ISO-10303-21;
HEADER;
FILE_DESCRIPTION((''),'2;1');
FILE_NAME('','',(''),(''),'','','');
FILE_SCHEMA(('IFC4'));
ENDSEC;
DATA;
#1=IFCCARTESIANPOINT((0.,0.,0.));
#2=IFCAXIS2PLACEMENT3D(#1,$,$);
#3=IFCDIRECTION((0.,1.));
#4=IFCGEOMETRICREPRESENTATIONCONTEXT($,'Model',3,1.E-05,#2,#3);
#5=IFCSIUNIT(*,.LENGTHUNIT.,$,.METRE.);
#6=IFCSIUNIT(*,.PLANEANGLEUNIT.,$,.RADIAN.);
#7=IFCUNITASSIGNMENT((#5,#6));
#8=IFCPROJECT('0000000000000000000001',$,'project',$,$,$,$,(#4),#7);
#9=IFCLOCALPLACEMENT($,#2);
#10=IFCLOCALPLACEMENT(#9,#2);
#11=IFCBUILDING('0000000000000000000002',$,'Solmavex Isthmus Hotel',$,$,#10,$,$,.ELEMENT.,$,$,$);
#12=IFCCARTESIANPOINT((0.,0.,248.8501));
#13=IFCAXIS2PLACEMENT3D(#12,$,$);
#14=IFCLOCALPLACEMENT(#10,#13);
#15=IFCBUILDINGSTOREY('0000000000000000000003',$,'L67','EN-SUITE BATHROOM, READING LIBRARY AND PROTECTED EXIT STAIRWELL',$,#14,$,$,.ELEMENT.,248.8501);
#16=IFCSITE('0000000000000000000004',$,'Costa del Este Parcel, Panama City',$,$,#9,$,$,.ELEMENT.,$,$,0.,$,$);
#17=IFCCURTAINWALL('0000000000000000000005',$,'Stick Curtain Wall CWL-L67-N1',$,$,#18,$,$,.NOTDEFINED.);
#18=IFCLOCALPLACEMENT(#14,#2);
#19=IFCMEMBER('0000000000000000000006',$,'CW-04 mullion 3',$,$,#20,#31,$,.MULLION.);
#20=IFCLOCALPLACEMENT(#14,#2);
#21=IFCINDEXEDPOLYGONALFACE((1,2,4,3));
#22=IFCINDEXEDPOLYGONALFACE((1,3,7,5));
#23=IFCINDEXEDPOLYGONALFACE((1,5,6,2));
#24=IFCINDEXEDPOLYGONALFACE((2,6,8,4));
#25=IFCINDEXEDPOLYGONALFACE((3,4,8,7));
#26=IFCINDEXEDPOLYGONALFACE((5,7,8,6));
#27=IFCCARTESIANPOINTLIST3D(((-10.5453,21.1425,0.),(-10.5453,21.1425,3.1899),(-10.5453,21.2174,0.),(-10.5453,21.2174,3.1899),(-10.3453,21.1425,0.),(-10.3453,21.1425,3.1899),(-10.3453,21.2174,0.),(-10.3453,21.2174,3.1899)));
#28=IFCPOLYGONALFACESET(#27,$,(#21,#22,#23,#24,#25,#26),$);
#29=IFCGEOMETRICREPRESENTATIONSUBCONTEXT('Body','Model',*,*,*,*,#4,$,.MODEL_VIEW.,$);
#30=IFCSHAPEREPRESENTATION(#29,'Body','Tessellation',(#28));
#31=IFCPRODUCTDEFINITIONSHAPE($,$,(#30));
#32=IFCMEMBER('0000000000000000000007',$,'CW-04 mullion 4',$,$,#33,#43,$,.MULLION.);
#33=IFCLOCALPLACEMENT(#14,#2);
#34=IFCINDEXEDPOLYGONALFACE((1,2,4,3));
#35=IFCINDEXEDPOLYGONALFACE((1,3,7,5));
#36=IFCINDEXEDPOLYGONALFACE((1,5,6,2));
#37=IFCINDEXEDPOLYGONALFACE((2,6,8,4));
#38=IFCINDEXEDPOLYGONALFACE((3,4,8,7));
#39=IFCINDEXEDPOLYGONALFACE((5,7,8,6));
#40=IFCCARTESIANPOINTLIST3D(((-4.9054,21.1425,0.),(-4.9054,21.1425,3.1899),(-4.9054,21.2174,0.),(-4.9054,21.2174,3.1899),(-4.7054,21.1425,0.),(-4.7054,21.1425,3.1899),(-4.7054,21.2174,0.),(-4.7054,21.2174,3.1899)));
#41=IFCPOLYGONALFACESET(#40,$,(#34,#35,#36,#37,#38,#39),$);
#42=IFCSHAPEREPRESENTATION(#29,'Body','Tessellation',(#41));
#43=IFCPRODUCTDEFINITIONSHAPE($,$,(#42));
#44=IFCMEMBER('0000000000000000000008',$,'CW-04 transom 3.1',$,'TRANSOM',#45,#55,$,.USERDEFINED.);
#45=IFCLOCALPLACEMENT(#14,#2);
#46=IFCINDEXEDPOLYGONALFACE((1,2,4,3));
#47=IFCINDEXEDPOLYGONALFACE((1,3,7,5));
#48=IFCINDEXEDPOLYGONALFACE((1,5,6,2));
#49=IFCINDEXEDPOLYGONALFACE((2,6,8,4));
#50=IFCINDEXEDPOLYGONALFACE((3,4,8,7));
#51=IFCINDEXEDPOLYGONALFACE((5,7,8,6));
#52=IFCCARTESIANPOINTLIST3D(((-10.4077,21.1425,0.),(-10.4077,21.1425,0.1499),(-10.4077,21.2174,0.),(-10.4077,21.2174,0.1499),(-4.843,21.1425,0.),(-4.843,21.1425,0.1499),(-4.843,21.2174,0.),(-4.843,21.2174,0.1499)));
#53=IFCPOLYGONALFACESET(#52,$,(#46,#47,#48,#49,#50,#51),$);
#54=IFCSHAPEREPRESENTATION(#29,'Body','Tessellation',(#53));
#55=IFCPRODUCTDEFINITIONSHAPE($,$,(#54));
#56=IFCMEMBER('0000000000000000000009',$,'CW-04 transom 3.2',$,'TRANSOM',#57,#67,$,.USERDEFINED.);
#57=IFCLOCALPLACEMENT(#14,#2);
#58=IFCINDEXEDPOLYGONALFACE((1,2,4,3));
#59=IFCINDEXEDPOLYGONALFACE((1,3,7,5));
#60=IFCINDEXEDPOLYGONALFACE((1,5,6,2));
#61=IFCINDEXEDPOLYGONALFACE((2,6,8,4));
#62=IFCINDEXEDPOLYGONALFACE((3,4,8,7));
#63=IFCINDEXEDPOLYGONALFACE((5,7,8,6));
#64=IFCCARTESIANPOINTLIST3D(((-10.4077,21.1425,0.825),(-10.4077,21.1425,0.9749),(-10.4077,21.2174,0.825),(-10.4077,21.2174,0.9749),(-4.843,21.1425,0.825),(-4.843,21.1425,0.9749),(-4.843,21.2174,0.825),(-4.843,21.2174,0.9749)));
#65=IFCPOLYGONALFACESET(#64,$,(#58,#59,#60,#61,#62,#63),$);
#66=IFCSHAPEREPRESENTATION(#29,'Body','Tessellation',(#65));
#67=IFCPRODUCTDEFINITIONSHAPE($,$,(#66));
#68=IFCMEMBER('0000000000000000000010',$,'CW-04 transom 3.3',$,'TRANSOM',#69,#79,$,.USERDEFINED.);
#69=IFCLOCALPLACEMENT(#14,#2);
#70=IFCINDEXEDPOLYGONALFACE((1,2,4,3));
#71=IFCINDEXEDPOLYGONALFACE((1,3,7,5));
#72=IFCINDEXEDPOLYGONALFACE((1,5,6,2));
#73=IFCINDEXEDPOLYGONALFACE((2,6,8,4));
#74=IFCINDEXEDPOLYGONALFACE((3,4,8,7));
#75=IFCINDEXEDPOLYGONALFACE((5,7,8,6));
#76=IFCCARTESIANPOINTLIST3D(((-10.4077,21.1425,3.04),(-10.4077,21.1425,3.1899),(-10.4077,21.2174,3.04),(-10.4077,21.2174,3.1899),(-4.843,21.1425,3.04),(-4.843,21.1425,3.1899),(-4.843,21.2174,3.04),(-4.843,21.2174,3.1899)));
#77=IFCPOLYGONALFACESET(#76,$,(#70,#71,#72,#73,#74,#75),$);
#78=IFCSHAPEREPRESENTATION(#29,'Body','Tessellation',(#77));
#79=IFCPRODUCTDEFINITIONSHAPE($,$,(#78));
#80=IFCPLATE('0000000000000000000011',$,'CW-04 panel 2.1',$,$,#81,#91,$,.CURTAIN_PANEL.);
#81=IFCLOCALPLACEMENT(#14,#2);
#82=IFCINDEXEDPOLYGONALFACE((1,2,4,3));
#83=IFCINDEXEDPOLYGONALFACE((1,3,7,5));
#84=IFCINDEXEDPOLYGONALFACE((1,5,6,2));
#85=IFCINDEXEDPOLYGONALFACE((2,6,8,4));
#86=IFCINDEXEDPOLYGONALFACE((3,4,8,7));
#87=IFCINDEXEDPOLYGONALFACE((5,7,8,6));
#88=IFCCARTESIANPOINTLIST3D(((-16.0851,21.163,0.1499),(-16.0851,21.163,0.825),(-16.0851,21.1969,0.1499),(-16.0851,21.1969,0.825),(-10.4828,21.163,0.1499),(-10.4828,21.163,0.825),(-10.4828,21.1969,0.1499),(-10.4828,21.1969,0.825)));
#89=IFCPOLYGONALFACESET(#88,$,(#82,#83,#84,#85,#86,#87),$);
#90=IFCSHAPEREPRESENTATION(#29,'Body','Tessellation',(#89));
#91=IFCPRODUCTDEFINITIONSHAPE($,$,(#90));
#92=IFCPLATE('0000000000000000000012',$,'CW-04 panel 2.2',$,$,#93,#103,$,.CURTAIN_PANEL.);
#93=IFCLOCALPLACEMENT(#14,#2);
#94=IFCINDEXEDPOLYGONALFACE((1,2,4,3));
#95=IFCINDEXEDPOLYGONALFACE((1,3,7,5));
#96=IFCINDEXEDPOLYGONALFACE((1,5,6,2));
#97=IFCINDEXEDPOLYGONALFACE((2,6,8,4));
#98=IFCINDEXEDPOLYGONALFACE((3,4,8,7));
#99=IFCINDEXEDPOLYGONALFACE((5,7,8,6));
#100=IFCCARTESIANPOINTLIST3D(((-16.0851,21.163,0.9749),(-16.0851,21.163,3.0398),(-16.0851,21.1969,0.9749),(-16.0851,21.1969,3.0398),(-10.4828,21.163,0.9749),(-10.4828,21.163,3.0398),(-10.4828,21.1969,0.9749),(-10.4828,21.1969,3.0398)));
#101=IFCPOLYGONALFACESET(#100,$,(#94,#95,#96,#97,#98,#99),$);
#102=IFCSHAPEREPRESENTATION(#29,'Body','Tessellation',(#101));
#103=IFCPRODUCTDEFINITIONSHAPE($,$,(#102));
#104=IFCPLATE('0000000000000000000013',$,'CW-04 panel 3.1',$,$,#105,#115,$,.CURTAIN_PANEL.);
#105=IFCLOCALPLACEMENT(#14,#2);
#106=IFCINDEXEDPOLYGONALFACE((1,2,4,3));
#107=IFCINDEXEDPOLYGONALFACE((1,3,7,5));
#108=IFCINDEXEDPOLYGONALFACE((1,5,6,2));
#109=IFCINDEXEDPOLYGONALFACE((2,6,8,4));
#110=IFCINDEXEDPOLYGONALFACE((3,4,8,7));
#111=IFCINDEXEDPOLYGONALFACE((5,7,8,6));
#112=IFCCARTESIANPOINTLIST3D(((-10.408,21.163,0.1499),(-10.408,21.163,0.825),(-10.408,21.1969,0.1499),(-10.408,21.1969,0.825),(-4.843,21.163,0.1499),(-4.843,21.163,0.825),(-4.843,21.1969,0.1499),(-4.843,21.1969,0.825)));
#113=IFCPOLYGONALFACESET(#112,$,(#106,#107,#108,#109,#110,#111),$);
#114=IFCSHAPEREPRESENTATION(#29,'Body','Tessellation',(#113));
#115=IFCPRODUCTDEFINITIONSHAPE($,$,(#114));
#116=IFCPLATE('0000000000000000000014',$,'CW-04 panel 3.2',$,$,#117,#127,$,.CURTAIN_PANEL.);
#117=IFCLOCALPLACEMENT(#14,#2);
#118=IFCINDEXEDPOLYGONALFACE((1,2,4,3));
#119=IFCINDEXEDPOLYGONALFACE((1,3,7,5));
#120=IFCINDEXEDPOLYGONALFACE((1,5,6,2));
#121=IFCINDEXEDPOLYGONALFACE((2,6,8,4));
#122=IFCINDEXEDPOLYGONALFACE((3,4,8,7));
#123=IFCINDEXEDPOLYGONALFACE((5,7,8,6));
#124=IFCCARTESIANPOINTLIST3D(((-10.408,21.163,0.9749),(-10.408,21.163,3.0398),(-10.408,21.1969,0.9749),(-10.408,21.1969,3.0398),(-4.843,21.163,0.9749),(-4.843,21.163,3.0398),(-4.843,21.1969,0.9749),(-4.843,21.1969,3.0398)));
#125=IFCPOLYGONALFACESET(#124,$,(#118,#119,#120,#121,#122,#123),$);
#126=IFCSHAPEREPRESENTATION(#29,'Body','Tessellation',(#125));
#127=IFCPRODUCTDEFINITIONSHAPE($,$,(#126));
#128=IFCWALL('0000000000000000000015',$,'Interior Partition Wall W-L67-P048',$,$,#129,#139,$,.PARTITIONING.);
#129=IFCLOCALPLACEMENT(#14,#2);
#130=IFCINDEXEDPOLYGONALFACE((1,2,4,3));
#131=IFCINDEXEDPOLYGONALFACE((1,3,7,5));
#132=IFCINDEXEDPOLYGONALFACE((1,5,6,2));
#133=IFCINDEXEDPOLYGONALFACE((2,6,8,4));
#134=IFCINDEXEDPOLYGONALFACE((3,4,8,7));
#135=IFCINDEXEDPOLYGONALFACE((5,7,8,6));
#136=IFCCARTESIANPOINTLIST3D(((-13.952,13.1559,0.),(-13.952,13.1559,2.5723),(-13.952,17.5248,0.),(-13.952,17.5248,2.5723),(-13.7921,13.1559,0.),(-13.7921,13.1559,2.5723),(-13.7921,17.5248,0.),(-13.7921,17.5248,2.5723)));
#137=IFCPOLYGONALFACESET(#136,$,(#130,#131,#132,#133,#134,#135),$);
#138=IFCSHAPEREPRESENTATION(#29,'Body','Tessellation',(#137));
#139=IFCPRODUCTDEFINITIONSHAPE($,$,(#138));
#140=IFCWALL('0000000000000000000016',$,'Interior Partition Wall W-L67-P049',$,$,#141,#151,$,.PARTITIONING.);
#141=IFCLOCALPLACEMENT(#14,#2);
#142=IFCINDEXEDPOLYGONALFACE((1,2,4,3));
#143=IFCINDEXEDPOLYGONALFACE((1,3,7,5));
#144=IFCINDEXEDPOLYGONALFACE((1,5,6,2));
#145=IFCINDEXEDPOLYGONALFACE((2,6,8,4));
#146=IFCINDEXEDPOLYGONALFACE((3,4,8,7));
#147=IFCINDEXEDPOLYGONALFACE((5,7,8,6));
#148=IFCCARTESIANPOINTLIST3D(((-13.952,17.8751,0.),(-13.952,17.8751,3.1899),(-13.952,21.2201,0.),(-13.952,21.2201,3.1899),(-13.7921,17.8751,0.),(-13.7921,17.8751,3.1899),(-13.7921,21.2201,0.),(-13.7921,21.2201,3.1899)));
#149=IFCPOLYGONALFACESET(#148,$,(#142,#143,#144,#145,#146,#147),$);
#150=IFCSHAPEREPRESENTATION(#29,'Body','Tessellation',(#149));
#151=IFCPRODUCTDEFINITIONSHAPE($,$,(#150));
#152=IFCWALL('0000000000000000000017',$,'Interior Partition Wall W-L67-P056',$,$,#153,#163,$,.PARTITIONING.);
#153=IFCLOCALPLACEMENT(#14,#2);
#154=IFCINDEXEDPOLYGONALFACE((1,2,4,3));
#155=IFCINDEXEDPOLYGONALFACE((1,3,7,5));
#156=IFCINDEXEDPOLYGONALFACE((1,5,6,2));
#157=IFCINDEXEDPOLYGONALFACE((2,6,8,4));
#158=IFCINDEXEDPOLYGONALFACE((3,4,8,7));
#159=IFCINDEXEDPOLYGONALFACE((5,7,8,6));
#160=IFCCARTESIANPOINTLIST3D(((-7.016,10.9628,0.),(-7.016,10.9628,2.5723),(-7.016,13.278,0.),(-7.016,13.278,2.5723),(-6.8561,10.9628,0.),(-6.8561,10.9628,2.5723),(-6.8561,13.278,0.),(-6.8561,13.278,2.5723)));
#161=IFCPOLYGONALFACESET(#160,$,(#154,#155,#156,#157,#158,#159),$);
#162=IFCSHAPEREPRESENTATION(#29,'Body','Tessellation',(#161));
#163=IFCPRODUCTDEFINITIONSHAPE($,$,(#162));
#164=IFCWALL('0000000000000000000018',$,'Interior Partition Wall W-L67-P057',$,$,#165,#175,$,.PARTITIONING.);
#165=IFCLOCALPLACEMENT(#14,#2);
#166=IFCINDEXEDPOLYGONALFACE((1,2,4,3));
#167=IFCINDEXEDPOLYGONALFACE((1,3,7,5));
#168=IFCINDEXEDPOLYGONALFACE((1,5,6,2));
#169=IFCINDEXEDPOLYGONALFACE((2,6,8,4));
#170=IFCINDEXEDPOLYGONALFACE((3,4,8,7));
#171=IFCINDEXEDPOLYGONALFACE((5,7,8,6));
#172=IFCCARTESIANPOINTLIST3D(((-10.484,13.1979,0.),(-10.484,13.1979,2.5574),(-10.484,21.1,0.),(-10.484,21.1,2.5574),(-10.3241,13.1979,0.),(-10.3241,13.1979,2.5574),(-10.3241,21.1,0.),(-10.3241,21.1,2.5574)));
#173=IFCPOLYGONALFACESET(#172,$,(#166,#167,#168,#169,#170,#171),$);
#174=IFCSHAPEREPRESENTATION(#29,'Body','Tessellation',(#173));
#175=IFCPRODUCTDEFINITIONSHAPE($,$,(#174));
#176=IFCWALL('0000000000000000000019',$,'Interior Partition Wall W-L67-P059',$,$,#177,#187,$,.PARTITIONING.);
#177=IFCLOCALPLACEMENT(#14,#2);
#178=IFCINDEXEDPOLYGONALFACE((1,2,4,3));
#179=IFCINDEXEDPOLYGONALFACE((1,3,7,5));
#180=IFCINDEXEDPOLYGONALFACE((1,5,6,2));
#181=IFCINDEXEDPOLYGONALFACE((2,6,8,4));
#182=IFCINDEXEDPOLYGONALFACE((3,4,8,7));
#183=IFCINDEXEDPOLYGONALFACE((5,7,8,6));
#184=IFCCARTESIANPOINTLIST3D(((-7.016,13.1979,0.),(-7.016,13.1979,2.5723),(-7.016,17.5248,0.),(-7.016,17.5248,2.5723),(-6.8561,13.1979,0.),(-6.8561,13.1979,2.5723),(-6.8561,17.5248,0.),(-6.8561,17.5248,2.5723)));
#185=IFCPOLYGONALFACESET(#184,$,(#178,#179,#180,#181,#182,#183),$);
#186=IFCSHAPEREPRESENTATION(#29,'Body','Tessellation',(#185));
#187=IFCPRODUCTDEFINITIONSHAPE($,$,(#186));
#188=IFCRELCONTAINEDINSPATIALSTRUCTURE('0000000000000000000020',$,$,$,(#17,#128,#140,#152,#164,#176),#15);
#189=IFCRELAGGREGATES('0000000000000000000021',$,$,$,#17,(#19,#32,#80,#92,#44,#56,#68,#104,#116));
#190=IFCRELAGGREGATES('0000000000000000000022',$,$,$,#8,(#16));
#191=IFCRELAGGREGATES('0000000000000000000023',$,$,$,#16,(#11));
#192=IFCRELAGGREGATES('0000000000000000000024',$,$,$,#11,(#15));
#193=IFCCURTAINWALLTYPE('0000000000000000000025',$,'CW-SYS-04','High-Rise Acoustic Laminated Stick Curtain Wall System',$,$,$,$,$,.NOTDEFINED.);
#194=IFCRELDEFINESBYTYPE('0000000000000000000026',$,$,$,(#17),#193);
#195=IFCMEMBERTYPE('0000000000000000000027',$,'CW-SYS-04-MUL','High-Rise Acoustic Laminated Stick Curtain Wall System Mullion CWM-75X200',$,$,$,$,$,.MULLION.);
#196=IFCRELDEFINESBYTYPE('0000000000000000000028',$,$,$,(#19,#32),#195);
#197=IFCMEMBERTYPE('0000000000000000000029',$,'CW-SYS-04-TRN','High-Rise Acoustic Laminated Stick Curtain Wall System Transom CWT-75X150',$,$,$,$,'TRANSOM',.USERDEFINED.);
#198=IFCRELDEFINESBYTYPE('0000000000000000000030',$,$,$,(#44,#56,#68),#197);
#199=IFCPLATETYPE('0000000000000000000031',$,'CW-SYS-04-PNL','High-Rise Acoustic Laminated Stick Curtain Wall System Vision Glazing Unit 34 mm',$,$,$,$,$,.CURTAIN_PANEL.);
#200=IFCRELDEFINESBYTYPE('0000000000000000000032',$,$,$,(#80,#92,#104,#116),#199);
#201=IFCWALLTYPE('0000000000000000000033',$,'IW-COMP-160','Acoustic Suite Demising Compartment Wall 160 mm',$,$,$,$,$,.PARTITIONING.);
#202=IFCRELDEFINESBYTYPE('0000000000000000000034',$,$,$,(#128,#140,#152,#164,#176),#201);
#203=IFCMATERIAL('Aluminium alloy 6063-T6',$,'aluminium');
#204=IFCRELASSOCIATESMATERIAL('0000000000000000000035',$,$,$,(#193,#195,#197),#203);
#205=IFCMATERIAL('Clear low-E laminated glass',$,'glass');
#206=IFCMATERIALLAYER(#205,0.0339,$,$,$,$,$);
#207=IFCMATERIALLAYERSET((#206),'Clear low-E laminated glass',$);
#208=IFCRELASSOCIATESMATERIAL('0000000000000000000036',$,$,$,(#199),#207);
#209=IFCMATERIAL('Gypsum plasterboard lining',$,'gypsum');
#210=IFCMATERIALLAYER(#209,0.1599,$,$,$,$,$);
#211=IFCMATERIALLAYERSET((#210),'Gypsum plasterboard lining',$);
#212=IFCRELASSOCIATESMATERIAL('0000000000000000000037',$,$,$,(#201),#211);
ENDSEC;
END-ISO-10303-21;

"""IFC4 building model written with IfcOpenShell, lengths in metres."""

from ifc_helpers import new_model, si_unit, direction, frame, frame_2d, origin, origin_2d, place, context, subcontext, project, spatial, rectangle, extrude, material, layer, layer_set, material_profile, profile_set, type_object, element, aggregate, save


model = new_model("IFC4")

# Units and contexts
model_context = context("Model", 3, precision=1e-05, world=origin(), true_north=direction((0.0, 1.0)))
body_context = subcontext(model_context, "Body", "Model", "MODEL_VIEW")
ifc_project = project(units=[si_unit("LENGTHUNIT", "METRE"), si_unit("PLANEANGLEUNIT", "RADIAN")], contexts=[model_context])

# Site, building, storey
site_placement = place(None, origin())
site = spatial("IfcSite", under=ifc_project, at=site_placement, Name="Costa del Este Parcel, Panama City", CompositionType="ELEMENT", RefElevation=0.0)
building_placement = place(site_placement, origin())
building = spatial("IfcBuilding", under=site, at=building_placement, Name="Solmavex Isthmus Hotel", CompositionType="ELEMENT")
storey_placement = place(building_placement, frame((0.0, 0.0, 248.8501)))
storey = spatial("IfcBuildingStorey", under=building, at=storey_placement, Name="L67", Description="EN-SUITE BATHROOM, READING LIBRARY AND PROTECTED EXIT STAIRWELL", CompositionType="ELEMENT", Elevation=248.8501)

# Curtain wall, members, plates
ifc_material_1 = material(Name="Aluminium alloy 6063-T6", Category="aluminium")
curtain_wall_type = type_object("IfcCurtainWallType", Name="CW-SYS-04", Description="High-Rise Acoustic Laminated Stick Curtain Wall System", PredefinedType="NOTDEFINED", material=ifc_material_1)
curtain_wall_placement = place(storey_placement, origin())
curtain_wall = element("IfcCurtainWall", 1, at=curtain_wall_placement, inside=storey, type_object=curtain_wall_type, Name="Stick Curtain Wall CWL-L67-N1", PredefinedType="NOTDEFINED")
ifc_material_profile_1 = material_profile(ifc_material_1, rectangle(XDim=0.075, YDim=0.2, at=origin_2d()), Name="CWM-75X200")
ifc_profile_set_1 = profile_set([ifc_material_profile_1], Name="Aluminium alloy 6063-T6")
member_type_1 = type_object("IfcMemberType", Name="CW-SYS-04-MUL", Description="High-Rise Acoustic Laminated Stick Curtain Wall System Mullion CWM-75X200", PredefinedType="MULLION", material=ifc_profile_set_1)
member_1_placement = place(storey_placement, frame((-10.4453, 21.1799, 0.0), z_axis=(0.0, 0.0, 1.0), x_axis=(0.0, 1.0, 0.0)))
member_1 = element("IfcMember", 2, at=member_1_placement, type_object=member_type_1, Name="CW-04 mullion 3", PredefinedType="MULLION", context=body_context, shape_type="SweptSolid", body=[
    extrude(rectangle(XDim=0.075, YDim=0.2, at=origin_2d()), origin(), (0.0, 0.0, 1.0), 3.1899),
])
member_2_placement = place(storey_placement, frame((-4.8054, 21.1799, 0.0), z_axis=(0.0, 0.0, 1.0), x_axis=(0.0, 1.0, 0.0)))
member_2 = element("IfcMember", 3, at=member_2_placement, type_object=member_type_1, Name="CW-04 mullion 4", PredefinedType="MULLION", context=body_context, shape_type="SweptSolid", body=[
    extrude(rectangle(XDim=0.075, YDim=0.2, at=origin_2d()), origin(), (0.0, 0.0, 1.0), 3.1899),
])
ifc_material_profile_2 = material_profile(ifc_material_1, rectangle(XDim=0.075, YDim=0.1499, at=origin_2d()), Name="CWT-75X150")
ifc_profile_set_2 = profile_set([ifc_material_profile_2], Name="Aluminium alloy 6063-T6")
member_type_2 = type_object("IfcMemberType", Name="CW-SYS-04-TRN", Description="High-Rise Acoustic Laminated Stick Curtain Wall System Transom CWT-75X150", ElementType="TRANSOM", PredefinedType="USERDEFINED", material=ifc_profile_set_2)
member_3_placement = place(storey_placement, frame((-10.4077, 21.1799, 0.075), z_axis=(1.0, 0.0, 0.0), x_axis=(0.0, 1.0, 0.0)))
member_3 = element("IfcMember", 4, at=member_3_placement, type_object=member_type_2, Name="CW-04 transom 3.1", ObjectType="TRANSOM", PredefinedType="USERDEFINED", context=body_context, shape_type="SweptSolid", body=[
    extrude(rectangle(XDim=0.075, YDim=0.1499, at=origin_2d()), origin(), (0.0, 0.0, 1.0), 5.5647),
])
member_4_placement = place(storey_placement, frame((-10.4077, 21.1799, 0.8999), z_axis=(1.0, 0.0, 0.0), x_axis=(0.0, 1.0, 0.0)))
member_4 = element("IfcMember", 5, at=member_4_placement, type_object=member_type_2, Name="CW-04 transom 3.2", ObjectType="TRANSOM", PredefinedType="USERDEFINED", context=body_context, shape_type="SweptSolid", body=[
    extrude(rectangle(XDim=0.075, YDim=0.1499, at=origin_2d()), origin(), (0.0, 0.0, 1.0), 5.5647),
])
member_5_placement = place(storey_placement, frame((-10.4077, 21.1799, 3.115), z_axis=(1.0, 0.0, 0.0), x_axis=(0.0, 1.0, 0.0)))
member_5 = element("IfcMember", 6, at=member_5_placement, type_object=member_type_2, Name="CW-04 transom 3.3", ObjectType="TRANSOM", PredefinedType="USERDEFINED", context=body_context, shape_type="SweptSolid", body=[
    extrude(rectangle(XDim=0.075, YDim=0.1499, at=origin_2d()), origin(), (0.0, 0.0, 1.0), 5.5647),
])
ifc_material_2 = material(Name="Clear low-E laminated glass", Category="glass")
ifc_layer_1 = layer(ifc_material_2, 0.0339)
ifc_layer_set_1 = layer_set([ifc_layer_1], Name="Clear low-E laminated glass")
plate_type = type_object("IfcPlateType", Name="CW-SYS-04-PNL", Description="High-Rise Acoustic Laminated Stick Curtain Wall System Vision Glazing Unit 34 mm", PredefinedType="CURTAIN_PANEL", material=ifc_layer_set_1)
plate_1_placement = place(storey_placement, frame((-13.2839, 21.1799, 0.1499), z_axis=(0.0, 0.0, 1.0), x_axis=(1.0, 0.0, 0.0)))
plate_1 = element("IfcPlate", 7, at=plate_1_placement, type_object=plate_type, Name="CW-04 panel 2.1", PredefinedType="CURTAIN_PANEL", context=body_context, shape_type="SweptSolid", body=[
    extrude(rectangle(XDim=5.6023, YDim=0.0339, at=origin_2d()), origin(), (0.0, 0.0, 1.0), 0.675),
])
plate_2_placement = place(storey_placement, frame((-13.2839, 21.1799, 0.9749), z_axis=(0.0, 0.0, 1.0), x_axis=(1.0, 0.0, 0.0)))
plate_2 = element("IfcPlate", 8, at=plate_2_placement, type_object=plate_type, Name="CW-04 panel 2.2", PredefinedType="CURTAIN_PANEL", context=body_context, shape_type="SweptSolid", body=[
    extrude(rectangle(XDim=5.6023, YDim=0.0339, at=origin_2d()), origin(), (0.0, 0.0, 1.0), 2.0649),
])
plate_3_placement = place(storey_placement, frame((-7.6255, 21.1799, 0.1499), z_axis=(0.0, 0.0, 1.0), x_axis=(1.0, 0.0, 0.0)))
plate_3 = element("IfcPlate", 9, at=plate_3_placement, type_object=plate_type, Name="CW-04 panel 3.1", PredefinedType="CURTAIN_PANEL", context=body_context, shape_type="SweptSolid", body=[
    extrude(rectangle(XDim=5.5649, YDim=0.0339, at=origin_2d()), origin(), (0.0, 0.0, 1.0), 0.675),
])
plate_4_placement = place(storey_placement, frame((-7.6255, 21.1799, 0.9749), z_axis=(0.0, 0.0, 1.0), x_axis=(1.0, 0.0, 0.0)))
plate_4 = element("IfcPlate", 10, at=plate_4_placement, type_object=plate_type, Name="CW-04 panel 3.2", PredefinedType="CURTAIN_PANEL", context=body_context, shape_type="SweptSolid", body=[
    extrude(rectangle(XDim=5.5649, YDim=0.0339, at=origin_2d()), origin(), (0.0, 0.0, 1.0), 2.0649),
])
aggregate(curtain_wall, [member_1, member_2, plate_1, plate_2, member_3, member_4, member_5, plate_3, plate_4])

# Walls
ifc_material_3 = material(Name="Gypsum plasterboard lining", Category="gypsum")
ifc_layer_2 = layer(ifc_material_3, 0.1599)
ifc_layer_set_2 = layer_set([ifc_layer_2], Name="Gypsum plasterboard lining")
wall_type_1 = type_object("IfcWallType", Name="IW-COMP-160", Description="Acoustic Suite Demising Compartment Wall 160 mm", PredefinedType="PARTITIONING", material=ifc_layer_set_2)
wall_1_placement = place(storey_placement, frame((-13.8721, 17.5249, 0.0), z_axis=(0.0, 0.0, 1.0), x_axis=(0.0, -1.0, 0.0)))
element("IfcWall", 11, at=wall_1_placement, inside=storey, type_object=wall_type_1, Name="Interior Partition Wall W-L67-P048", PredefinedType="PARTITIONING", context=body_context, shape_type="SweptSolid", body=[
    extrude(rectangle(XDim=4.3689, YDim=0.1599, at=frame_2d((2.1846, 0.0))), origin(), (0.0, 0.0, 1.0), 2.5723),
])
wall_2_placement = place(storey_placement, frame((-13.8721, 21.22, 0.0), z_axis=(0.0, 0.0, 1.0), x_axis=(0.0, -1.0, 0.0)))
element("IfcWall", 12, at=wall_2_placement, inside=storey, type_object=wall_type_1, Name="Interior Partition Wall W-L67-P049", PredefinedType="PARTITIONING", context=body_context, shape_type="SweptSolid", body=[
    extrude(rectangle(XDim=3.345, YDim=0.1599, at=frame_2d((1.6724, 0.0))), origin(), (0.0, 0.0, 1.0), 3.1899),
])
wall_3_placement = place(storey_placement, frame((-6.936, 13.2781, 0.0), z_axis=(0.0, 0.0, 1.0), x_axis=(0.0, -1.0, 0.0)))
element("IfcWall", 13, at=wall_3_placement, inside=storey, type_object=wall_type_1, Name="Interior Partition Wall W-L67-P056", PredefinedType="PARTITIONING", context=body_context, shape_type="SweptSolid", body=[
    extrude(rectangle(XDim=2.3152, YDim=0.1599, at=frame_2d((1.1577, 0.0))), origin(), (0.0, 0.0, 1.0), 2.5723),
])
wall_4_placement = place(storey_placement, frame((-10.4041, 21.1001, 0.0), z_axis=(0.0, 0.0, 1.0), x_axis=(0.0, -1.0, 0.0)))
element("IfcWall", 14, at=wall_4_placement, inside=storey, type_object=wall_type_1, Name="Interior Partition Wall W-L67-P057", PredefinedType="PARTITIONING", context=body_context, shape_type="SweptSolid", body=[
    extrude(rectangle(XDim=7.9021, YDim=0.1599, at=frame_2d((3.9512, 0.0))), origin(), (0.0, 0.0, 1.0), 2.5574),
])
wall_5_placement = place(storey_placement, frame((-6.936, 17.5249, 0.0), z_axis=(0.0, 0.0, 1.0), x_axis=(0.0, -1.0, 0.0)))
element("IfcWall", 15, at=wall_5_placement, inside=storey, type_object=wall_type_1, Name="Interior Partition Wall W-L67-P059", PredefinedType="PARTITIONING", context=body_context, shape_type="SweptSolid", body=[
    extrude(rectangle(XDim=4.3269, YDim=0.1599, at=frame_2d((2.1636, 0.0))), origin(), (0.0, 0.0, 1.0), 2.5723),
])

save(model, "model.ifc")
